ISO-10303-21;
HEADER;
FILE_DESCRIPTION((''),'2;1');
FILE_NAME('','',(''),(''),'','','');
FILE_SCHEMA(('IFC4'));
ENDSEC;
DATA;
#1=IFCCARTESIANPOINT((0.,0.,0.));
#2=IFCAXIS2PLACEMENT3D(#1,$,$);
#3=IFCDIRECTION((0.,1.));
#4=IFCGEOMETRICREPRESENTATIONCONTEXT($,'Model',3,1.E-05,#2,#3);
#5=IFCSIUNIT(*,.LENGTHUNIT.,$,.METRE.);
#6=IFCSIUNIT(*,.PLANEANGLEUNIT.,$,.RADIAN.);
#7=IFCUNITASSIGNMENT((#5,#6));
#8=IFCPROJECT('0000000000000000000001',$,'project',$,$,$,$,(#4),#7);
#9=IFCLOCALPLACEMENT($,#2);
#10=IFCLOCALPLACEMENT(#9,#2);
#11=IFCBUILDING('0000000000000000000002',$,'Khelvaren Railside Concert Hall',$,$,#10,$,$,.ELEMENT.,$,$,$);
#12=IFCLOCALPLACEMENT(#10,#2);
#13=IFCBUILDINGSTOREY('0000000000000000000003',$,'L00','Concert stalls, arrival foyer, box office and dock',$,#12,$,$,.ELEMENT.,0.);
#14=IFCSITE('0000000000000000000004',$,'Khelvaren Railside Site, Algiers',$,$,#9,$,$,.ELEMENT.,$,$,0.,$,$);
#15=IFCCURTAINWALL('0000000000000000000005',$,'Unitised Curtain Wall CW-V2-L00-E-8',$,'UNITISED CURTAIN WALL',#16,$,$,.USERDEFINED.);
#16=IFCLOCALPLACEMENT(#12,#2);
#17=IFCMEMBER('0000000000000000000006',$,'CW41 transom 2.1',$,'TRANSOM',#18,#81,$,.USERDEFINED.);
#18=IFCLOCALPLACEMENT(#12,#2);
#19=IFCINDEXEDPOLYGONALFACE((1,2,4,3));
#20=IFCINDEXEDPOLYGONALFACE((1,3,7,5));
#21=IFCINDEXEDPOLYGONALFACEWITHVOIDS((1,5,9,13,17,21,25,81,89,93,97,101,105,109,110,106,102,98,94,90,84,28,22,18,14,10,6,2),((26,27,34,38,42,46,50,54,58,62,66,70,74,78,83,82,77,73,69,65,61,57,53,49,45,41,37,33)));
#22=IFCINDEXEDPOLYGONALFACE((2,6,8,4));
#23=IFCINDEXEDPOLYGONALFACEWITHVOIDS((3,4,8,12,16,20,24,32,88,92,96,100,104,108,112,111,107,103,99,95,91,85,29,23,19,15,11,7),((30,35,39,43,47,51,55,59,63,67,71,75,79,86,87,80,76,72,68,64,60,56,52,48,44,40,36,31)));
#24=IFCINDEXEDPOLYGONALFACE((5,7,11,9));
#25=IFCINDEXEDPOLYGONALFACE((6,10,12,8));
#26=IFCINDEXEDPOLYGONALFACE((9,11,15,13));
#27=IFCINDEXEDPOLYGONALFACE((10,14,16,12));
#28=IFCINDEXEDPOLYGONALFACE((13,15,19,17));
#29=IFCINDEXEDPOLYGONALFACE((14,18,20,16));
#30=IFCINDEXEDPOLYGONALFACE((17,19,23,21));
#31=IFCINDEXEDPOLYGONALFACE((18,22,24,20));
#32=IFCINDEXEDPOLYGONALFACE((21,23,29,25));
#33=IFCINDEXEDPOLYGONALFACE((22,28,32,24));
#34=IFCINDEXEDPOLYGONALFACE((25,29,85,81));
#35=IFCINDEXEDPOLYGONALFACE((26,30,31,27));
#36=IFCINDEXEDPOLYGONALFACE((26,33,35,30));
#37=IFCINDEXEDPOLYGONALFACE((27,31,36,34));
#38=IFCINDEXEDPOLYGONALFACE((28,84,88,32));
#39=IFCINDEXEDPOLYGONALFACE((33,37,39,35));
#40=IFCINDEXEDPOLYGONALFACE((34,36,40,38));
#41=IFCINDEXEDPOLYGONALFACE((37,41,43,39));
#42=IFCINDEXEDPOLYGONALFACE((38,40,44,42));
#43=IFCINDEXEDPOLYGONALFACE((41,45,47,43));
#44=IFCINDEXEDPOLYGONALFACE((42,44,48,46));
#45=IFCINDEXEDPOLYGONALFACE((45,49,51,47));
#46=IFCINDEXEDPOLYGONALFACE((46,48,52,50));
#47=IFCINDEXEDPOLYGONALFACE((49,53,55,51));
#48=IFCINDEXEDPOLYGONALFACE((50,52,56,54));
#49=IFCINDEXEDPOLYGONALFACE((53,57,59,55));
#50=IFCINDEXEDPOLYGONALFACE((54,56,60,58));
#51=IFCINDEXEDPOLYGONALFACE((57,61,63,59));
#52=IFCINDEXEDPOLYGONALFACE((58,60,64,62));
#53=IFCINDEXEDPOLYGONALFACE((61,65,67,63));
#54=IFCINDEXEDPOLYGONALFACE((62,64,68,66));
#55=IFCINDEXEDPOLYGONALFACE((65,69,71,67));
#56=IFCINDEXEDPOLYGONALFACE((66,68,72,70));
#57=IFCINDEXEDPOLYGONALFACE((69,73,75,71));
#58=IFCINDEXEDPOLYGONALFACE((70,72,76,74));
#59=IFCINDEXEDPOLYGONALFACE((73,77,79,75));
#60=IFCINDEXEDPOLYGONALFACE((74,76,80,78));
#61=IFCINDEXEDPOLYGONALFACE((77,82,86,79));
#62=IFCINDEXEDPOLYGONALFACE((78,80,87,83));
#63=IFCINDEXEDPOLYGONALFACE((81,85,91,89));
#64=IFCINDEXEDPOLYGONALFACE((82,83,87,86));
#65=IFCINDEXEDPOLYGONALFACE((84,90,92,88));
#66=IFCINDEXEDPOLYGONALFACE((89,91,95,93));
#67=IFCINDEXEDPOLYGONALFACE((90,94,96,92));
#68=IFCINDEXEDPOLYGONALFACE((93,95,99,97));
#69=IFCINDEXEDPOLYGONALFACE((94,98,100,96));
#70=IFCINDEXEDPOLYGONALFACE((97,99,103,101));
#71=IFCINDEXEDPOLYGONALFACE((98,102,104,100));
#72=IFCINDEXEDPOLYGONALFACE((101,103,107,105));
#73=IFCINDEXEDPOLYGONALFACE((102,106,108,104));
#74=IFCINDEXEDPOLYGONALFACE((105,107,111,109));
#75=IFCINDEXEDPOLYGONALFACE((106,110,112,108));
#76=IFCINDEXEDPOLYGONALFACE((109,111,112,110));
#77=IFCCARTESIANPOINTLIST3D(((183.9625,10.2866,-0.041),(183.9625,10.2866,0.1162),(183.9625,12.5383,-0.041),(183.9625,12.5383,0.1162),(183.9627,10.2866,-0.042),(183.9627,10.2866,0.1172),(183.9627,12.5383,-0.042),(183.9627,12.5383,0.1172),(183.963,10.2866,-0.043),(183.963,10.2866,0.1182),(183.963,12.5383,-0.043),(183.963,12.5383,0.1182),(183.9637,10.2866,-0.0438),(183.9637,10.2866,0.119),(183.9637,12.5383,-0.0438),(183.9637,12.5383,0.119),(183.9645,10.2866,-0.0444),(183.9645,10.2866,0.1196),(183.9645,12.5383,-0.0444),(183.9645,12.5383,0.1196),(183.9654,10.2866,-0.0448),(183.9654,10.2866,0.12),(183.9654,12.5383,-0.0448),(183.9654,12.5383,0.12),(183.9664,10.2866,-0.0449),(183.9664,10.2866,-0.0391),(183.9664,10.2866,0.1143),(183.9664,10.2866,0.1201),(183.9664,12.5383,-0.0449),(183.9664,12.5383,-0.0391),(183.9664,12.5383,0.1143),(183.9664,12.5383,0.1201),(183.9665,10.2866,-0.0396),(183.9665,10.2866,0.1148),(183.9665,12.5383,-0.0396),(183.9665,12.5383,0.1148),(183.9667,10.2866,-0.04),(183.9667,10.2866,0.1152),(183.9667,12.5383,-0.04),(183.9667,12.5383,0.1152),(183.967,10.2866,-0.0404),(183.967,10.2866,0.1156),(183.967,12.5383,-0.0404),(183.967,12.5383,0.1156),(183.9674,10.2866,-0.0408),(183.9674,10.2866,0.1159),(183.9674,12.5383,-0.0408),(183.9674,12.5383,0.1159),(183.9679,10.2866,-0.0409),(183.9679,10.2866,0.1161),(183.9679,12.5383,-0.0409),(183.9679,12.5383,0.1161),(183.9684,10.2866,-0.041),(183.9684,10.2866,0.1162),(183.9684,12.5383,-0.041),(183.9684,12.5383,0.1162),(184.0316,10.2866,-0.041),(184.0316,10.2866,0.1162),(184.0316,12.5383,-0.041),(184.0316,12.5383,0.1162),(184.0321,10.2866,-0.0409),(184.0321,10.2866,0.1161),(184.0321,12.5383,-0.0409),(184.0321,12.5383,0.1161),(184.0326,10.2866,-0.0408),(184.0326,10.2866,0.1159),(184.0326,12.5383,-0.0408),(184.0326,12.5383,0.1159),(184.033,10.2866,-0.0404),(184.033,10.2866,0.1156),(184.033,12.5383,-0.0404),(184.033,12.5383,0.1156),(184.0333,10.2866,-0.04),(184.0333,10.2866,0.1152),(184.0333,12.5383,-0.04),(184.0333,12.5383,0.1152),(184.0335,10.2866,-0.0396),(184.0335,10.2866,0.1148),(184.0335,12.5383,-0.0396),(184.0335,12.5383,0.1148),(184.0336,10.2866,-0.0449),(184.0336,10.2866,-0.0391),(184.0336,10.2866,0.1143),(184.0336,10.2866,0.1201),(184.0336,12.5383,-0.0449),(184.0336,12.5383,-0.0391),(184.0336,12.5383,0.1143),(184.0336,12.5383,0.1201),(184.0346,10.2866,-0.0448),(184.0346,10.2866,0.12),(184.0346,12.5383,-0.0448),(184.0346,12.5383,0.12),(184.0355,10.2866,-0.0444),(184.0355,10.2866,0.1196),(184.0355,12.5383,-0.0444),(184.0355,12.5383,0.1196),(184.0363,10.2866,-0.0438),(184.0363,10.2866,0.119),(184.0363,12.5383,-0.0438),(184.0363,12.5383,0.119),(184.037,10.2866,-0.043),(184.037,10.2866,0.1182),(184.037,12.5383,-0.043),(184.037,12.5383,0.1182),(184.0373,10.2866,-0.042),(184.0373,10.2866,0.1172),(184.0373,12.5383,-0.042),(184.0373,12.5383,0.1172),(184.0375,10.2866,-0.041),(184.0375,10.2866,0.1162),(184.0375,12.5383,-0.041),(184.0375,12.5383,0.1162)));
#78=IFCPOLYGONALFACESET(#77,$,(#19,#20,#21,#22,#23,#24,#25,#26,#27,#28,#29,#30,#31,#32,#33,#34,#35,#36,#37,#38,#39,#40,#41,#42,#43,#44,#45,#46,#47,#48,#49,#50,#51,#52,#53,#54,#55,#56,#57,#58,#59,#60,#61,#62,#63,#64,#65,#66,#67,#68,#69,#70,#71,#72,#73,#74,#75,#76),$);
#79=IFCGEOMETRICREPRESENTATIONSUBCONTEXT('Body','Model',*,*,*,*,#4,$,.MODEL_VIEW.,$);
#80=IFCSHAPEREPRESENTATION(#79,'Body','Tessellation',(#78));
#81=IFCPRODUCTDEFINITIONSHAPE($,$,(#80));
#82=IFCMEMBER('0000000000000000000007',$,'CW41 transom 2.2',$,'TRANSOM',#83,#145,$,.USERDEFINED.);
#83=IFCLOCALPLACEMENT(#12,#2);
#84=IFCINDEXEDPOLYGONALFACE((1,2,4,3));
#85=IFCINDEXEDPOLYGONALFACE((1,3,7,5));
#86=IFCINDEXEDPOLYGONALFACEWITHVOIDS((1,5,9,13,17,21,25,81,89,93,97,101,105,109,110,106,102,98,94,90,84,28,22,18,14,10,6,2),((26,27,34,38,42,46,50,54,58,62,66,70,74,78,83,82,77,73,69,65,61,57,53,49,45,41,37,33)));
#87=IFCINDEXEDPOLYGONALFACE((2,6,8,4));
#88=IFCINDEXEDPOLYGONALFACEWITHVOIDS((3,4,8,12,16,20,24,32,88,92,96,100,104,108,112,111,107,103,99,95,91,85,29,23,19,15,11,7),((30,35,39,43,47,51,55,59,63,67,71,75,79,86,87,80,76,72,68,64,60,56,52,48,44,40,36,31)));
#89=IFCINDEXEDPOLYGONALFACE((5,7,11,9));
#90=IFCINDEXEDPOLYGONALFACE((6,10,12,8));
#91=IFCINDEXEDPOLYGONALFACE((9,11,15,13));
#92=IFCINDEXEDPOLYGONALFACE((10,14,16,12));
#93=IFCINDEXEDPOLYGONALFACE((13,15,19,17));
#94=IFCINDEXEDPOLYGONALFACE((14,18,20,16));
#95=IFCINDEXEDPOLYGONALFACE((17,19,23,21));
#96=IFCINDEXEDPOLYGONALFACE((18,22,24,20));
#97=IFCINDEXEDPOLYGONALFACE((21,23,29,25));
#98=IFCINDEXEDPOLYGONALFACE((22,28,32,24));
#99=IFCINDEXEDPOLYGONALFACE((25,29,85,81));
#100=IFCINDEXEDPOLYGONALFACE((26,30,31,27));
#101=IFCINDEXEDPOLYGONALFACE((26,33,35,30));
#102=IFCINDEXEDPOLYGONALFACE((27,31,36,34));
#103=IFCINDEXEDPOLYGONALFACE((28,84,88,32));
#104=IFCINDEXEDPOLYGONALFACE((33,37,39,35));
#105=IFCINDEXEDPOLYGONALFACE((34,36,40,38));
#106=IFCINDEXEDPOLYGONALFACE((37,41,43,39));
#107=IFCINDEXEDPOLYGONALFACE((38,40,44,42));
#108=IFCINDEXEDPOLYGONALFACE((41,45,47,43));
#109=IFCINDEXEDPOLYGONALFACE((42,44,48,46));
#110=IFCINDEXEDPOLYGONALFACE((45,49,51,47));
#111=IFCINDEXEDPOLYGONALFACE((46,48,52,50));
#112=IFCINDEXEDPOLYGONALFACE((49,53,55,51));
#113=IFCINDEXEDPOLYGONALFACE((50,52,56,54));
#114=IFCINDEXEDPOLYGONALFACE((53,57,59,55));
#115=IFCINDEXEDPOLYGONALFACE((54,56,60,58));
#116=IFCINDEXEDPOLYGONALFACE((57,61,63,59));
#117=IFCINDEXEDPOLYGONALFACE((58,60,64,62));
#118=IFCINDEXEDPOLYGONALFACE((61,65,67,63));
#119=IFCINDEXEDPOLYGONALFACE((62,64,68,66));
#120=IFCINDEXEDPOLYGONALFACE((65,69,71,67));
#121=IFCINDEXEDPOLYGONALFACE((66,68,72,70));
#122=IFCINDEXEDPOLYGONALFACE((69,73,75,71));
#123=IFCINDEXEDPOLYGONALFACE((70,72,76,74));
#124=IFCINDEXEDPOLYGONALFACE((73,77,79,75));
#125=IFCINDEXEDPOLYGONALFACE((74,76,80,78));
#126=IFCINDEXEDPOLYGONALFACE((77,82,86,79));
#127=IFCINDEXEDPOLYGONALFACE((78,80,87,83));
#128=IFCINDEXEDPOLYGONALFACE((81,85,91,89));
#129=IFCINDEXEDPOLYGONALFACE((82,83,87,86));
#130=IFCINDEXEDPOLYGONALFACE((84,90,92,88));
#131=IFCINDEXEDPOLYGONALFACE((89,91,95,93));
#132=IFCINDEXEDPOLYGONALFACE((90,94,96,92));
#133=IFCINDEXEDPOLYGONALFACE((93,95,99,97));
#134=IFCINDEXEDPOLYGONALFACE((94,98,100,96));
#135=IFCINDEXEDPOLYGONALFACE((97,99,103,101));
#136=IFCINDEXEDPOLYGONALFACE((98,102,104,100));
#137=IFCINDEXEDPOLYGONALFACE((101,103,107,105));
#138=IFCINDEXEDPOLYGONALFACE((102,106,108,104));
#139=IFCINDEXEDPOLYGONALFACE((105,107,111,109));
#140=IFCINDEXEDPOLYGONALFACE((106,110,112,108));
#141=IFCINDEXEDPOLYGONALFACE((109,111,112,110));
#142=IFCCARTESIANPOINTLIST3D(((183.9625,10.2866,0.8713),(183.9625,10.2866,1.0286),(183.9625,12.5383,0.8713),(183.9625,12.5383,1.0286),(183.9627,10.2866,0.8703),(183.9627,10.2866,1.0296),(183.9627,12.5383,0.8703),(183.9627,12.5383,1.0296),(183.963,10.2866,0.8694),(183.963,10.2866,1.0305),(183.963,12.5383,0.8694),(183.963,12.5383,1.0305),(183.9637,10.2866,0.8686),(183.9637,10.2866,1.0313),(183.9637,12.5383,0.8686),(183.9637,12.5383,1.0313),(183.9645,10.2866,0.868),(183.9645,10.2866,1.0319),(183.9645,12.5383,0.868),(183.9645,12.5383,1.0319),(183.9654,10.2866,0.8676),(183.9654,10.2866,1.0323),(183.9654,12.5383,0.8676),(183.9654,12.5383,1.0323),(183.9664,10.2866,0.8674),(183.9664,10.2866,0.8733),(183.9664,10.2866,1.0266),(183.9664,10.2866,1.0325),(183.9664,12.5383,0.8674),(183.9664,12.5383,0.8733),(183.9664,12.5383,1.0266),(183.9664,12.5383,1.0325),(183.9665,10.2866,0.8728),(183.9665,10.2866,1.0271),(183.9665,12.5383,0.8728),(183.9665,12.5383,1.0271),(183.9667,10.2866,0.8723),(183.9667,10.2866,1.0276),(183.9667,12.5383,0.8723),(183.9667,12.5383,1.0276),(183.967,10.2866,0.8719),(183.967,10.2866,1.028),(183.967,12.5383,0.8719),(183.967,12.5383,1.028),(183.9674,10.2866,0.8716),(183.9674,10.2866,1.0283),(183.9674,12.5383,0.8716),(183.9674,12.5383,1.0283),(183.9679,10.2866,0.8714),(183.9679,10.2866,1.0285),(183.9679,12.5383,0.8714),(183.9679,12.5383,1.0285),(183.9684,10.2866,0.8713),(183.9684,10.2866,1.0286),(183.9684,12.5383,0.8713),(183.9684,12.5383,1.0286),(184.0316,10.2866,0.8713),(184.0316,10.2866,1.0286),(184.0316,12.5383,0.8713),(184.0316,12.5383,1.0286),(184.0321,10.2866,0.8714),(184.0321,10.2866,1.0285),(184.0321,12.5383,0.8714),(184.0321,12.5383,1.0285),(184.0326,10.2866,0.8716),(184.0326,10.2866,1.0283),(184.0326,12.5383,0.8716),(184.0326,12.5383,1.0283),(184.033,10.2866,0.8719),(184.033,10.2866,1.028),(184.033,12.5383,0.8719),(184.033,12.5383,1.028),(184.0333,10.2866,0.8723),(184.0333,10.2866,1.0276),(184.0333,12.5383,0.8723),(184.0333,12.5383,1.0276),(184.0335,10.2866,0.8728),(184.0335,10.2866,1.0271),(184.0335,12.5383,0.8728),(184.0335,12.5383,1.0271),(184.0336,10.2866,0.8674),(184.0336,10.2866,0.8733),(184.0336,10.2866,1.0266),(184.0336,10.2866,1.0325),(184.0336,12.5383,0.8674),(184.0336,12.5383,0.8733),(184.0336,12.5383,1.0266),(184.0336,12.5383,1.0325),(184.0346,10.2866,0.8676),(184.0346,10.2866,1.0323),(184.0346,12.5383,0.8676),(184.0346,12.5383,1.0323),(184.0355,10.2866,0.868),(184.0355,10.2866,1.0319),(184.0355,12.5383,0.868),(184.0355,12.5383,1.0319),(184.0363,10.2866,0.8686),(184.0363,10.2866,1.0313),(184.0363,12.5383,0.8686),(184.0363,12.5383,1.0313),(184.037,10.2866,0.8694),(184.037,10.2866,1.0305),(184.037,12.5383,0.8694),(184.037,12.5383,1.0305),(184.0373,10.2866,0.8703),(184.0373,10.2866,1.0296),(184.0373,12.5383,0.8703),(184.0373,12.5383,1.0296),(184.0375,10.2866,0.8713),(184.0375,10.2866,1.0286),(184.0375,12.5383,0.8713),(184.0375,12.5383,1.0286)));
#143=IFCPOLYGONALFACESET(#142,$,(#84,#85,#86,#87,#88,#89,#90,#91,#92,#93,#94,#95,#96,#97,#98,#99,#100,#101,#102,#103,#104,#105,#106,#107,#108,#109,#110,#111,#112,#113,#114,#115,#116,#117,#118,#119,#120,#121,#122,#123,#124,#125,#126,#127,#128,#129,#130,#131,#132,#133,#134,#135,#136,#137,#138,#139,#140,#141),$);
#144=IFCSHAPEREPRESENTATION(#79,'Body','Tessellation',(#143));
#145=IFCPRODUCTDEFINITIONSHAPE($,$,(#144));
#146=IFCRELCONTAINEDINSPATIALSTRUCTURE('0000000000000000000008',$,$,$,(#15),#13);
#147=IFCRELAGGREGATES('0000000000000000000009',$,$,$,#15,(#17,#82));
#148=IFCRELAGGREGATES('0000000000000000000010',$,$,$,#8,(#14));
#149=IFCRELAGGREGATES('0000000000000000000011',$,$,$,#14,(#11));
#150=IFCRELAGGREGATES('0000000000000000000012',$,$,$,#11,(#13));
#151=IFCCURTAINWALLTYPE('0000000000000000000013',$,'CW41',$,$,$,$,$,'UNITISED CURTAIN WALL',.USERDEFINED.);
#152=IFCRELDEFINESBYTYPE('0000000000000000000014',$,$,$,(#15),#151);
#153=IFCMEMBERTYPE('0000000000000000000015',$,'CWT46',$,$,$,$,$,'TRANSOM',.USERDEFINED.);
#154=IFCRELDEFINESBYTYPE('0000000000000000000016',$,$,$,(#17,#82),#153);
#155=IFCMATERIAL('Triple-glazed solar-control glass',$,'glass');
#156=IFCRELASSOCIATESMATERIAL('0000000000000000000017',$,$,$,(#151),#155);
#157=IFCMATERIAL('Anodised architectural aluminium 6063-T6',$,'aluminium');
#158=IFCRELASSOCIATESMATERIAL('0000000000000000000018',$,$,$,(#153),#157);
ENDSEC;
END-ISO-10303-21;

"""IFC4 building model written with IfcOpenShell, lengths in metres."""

from ifc_helpers import new_model, si_unit, direction, frame, origin, origin_2d, place, context, subcontext, project, spatial, hollow_rectangle, extrude, material, material_profile, profile_set, type_object, element, aggregate, save


model = new_model("IFC4")

# Units and contexts
model_context = context("Model", 3, precision=1e-05, world=origin(), true_north=direction((0.0, 1.0)))
body_context = subcontext(model_context, "Body", "Model", "MODEL_VIEW")
ifc_project = project(units=[si_unit("LENGTHUNIT", "METRE"), si_unit("PLANEANGLEUNIT", "RADIAN")], contexts=[model_context])

# Site, building, storey
site_placement = place(None, origin())
site = spatial("IfcSite", under=ifc_project, at=site_placement, Name="Khelvaren Railside Site, Algiers", CompositionType="ELEMENT", RefElevation=0.0)
building_placement = place(site_placement, origin())
building = spatial("IfcBuilding", under=site, at=building_placement, Name="Khelvaren Railside Concert Hall", CompositionType="ELEMENT")
storey_placement = place(building_placement, origin())
storey = spatial("IfcBuildingStorey", under=building, at=storey_placement, Name="L00", Description="Concert stalls, arrival foyer, box office and dock", CompositionType="ELEMENT", Elevation=0.0)

# Curtain wall
ifc_material_1 = material(Name="Triple-glazed solar-control glass", Category="glass")
curtain_wall_type_1 = type_object("IfcCurtainWallType", Name="CW41", ElementType="UNITISED CURTAIN WALL", PredefinedType="USERDEFINED", material=ifc_material_1)
curtain_wall_1_placement = place(storey_placement, origin())
curtain_wall_1 = element("IfcCurtainWall", 1, at=curtain_wall_1_placement, inside=storey, type_object=curtain_wall_type_1, Name="Unitised Curtain Wall CW-V2-L00-E-8", ObjectType="UNITISED CURTAIN WALL", PredefinedType="USERDEFINED")
ifc_material_2 = material(Name="Anodised architectural aluminium 6063-T6", Category="aluminium")

# Members
ifc_material_profile_1 = material_profile(ifc_material_2, hollow_rectangle(XDim=0.075, YDim=0.165, WallThickness=0.0039, InnerFilletRadius=0.002, OuterFilletRadius=0.0039, at=origin_2d()), Name="CWT 75x165x4")
ifc_profile_set_1 = profile_set([ifc_material_profile_1], Name="Anodised architectural aluminium 6063-T6")
member_type_1 = type_object("IfcMemberType", Name="CWT46", ElementType="TRANSOM", PredefinedType="USERDEFINED", material=ifc_profile_set_1)
member_1_placement = place(storey_placement, frame((184.0, 12.5383, 0.0376), z_axis=(0.0, -1.0, 0.0), x_axis=(1.0, 0.0, 0.0)))
member_1 = element("IfcMember", 2, at=member_1_placement, type_object=member_type_1, Name="CW41 transom 2.1", ObjectType="TRANSOM", PredefinedType="USERDEFINED", context=body_context, shape_type="SweptSolid", body=[
    extrude(hollow_rectangle(XDim=0.075, YDim=0.165, WallThickness=0.0039, InnerFilletRadius=0.002, OuterFilletRadius=0.0039, at=origin_2d()), origin(), (0.0, 0.0, 1.0), 2.2517),
])
member_2_placement = place(storey_placement, frame((184.0, 12.5383, 0.95), z_axis=(0.0, -1.0, 0.0), x_axis=(1.0, 0.0, 0.0)))
member_2 = element("IfcMember", 3, at=member_2_placement, type_object=member_type_1, Name="CW41 transom 2.2", ObjectType="TRANSOM", PredefinedType="USERDEFINED", context=body_context, shape_type="SweptSolid", body=[
    extrude(hollow_rectangle(XDim=0.075, YDim=0.165, WallThickness=0.0039, InnerFilletRadius=0.002, OuterFilletRadius=0.0039, at=origin_2d()), origin(), (0.0, 0.0, 1.0), 2.2517),
])

aggregate(curtain_wall_1, [member_1, member_2])

save(model, "model.ifc")
